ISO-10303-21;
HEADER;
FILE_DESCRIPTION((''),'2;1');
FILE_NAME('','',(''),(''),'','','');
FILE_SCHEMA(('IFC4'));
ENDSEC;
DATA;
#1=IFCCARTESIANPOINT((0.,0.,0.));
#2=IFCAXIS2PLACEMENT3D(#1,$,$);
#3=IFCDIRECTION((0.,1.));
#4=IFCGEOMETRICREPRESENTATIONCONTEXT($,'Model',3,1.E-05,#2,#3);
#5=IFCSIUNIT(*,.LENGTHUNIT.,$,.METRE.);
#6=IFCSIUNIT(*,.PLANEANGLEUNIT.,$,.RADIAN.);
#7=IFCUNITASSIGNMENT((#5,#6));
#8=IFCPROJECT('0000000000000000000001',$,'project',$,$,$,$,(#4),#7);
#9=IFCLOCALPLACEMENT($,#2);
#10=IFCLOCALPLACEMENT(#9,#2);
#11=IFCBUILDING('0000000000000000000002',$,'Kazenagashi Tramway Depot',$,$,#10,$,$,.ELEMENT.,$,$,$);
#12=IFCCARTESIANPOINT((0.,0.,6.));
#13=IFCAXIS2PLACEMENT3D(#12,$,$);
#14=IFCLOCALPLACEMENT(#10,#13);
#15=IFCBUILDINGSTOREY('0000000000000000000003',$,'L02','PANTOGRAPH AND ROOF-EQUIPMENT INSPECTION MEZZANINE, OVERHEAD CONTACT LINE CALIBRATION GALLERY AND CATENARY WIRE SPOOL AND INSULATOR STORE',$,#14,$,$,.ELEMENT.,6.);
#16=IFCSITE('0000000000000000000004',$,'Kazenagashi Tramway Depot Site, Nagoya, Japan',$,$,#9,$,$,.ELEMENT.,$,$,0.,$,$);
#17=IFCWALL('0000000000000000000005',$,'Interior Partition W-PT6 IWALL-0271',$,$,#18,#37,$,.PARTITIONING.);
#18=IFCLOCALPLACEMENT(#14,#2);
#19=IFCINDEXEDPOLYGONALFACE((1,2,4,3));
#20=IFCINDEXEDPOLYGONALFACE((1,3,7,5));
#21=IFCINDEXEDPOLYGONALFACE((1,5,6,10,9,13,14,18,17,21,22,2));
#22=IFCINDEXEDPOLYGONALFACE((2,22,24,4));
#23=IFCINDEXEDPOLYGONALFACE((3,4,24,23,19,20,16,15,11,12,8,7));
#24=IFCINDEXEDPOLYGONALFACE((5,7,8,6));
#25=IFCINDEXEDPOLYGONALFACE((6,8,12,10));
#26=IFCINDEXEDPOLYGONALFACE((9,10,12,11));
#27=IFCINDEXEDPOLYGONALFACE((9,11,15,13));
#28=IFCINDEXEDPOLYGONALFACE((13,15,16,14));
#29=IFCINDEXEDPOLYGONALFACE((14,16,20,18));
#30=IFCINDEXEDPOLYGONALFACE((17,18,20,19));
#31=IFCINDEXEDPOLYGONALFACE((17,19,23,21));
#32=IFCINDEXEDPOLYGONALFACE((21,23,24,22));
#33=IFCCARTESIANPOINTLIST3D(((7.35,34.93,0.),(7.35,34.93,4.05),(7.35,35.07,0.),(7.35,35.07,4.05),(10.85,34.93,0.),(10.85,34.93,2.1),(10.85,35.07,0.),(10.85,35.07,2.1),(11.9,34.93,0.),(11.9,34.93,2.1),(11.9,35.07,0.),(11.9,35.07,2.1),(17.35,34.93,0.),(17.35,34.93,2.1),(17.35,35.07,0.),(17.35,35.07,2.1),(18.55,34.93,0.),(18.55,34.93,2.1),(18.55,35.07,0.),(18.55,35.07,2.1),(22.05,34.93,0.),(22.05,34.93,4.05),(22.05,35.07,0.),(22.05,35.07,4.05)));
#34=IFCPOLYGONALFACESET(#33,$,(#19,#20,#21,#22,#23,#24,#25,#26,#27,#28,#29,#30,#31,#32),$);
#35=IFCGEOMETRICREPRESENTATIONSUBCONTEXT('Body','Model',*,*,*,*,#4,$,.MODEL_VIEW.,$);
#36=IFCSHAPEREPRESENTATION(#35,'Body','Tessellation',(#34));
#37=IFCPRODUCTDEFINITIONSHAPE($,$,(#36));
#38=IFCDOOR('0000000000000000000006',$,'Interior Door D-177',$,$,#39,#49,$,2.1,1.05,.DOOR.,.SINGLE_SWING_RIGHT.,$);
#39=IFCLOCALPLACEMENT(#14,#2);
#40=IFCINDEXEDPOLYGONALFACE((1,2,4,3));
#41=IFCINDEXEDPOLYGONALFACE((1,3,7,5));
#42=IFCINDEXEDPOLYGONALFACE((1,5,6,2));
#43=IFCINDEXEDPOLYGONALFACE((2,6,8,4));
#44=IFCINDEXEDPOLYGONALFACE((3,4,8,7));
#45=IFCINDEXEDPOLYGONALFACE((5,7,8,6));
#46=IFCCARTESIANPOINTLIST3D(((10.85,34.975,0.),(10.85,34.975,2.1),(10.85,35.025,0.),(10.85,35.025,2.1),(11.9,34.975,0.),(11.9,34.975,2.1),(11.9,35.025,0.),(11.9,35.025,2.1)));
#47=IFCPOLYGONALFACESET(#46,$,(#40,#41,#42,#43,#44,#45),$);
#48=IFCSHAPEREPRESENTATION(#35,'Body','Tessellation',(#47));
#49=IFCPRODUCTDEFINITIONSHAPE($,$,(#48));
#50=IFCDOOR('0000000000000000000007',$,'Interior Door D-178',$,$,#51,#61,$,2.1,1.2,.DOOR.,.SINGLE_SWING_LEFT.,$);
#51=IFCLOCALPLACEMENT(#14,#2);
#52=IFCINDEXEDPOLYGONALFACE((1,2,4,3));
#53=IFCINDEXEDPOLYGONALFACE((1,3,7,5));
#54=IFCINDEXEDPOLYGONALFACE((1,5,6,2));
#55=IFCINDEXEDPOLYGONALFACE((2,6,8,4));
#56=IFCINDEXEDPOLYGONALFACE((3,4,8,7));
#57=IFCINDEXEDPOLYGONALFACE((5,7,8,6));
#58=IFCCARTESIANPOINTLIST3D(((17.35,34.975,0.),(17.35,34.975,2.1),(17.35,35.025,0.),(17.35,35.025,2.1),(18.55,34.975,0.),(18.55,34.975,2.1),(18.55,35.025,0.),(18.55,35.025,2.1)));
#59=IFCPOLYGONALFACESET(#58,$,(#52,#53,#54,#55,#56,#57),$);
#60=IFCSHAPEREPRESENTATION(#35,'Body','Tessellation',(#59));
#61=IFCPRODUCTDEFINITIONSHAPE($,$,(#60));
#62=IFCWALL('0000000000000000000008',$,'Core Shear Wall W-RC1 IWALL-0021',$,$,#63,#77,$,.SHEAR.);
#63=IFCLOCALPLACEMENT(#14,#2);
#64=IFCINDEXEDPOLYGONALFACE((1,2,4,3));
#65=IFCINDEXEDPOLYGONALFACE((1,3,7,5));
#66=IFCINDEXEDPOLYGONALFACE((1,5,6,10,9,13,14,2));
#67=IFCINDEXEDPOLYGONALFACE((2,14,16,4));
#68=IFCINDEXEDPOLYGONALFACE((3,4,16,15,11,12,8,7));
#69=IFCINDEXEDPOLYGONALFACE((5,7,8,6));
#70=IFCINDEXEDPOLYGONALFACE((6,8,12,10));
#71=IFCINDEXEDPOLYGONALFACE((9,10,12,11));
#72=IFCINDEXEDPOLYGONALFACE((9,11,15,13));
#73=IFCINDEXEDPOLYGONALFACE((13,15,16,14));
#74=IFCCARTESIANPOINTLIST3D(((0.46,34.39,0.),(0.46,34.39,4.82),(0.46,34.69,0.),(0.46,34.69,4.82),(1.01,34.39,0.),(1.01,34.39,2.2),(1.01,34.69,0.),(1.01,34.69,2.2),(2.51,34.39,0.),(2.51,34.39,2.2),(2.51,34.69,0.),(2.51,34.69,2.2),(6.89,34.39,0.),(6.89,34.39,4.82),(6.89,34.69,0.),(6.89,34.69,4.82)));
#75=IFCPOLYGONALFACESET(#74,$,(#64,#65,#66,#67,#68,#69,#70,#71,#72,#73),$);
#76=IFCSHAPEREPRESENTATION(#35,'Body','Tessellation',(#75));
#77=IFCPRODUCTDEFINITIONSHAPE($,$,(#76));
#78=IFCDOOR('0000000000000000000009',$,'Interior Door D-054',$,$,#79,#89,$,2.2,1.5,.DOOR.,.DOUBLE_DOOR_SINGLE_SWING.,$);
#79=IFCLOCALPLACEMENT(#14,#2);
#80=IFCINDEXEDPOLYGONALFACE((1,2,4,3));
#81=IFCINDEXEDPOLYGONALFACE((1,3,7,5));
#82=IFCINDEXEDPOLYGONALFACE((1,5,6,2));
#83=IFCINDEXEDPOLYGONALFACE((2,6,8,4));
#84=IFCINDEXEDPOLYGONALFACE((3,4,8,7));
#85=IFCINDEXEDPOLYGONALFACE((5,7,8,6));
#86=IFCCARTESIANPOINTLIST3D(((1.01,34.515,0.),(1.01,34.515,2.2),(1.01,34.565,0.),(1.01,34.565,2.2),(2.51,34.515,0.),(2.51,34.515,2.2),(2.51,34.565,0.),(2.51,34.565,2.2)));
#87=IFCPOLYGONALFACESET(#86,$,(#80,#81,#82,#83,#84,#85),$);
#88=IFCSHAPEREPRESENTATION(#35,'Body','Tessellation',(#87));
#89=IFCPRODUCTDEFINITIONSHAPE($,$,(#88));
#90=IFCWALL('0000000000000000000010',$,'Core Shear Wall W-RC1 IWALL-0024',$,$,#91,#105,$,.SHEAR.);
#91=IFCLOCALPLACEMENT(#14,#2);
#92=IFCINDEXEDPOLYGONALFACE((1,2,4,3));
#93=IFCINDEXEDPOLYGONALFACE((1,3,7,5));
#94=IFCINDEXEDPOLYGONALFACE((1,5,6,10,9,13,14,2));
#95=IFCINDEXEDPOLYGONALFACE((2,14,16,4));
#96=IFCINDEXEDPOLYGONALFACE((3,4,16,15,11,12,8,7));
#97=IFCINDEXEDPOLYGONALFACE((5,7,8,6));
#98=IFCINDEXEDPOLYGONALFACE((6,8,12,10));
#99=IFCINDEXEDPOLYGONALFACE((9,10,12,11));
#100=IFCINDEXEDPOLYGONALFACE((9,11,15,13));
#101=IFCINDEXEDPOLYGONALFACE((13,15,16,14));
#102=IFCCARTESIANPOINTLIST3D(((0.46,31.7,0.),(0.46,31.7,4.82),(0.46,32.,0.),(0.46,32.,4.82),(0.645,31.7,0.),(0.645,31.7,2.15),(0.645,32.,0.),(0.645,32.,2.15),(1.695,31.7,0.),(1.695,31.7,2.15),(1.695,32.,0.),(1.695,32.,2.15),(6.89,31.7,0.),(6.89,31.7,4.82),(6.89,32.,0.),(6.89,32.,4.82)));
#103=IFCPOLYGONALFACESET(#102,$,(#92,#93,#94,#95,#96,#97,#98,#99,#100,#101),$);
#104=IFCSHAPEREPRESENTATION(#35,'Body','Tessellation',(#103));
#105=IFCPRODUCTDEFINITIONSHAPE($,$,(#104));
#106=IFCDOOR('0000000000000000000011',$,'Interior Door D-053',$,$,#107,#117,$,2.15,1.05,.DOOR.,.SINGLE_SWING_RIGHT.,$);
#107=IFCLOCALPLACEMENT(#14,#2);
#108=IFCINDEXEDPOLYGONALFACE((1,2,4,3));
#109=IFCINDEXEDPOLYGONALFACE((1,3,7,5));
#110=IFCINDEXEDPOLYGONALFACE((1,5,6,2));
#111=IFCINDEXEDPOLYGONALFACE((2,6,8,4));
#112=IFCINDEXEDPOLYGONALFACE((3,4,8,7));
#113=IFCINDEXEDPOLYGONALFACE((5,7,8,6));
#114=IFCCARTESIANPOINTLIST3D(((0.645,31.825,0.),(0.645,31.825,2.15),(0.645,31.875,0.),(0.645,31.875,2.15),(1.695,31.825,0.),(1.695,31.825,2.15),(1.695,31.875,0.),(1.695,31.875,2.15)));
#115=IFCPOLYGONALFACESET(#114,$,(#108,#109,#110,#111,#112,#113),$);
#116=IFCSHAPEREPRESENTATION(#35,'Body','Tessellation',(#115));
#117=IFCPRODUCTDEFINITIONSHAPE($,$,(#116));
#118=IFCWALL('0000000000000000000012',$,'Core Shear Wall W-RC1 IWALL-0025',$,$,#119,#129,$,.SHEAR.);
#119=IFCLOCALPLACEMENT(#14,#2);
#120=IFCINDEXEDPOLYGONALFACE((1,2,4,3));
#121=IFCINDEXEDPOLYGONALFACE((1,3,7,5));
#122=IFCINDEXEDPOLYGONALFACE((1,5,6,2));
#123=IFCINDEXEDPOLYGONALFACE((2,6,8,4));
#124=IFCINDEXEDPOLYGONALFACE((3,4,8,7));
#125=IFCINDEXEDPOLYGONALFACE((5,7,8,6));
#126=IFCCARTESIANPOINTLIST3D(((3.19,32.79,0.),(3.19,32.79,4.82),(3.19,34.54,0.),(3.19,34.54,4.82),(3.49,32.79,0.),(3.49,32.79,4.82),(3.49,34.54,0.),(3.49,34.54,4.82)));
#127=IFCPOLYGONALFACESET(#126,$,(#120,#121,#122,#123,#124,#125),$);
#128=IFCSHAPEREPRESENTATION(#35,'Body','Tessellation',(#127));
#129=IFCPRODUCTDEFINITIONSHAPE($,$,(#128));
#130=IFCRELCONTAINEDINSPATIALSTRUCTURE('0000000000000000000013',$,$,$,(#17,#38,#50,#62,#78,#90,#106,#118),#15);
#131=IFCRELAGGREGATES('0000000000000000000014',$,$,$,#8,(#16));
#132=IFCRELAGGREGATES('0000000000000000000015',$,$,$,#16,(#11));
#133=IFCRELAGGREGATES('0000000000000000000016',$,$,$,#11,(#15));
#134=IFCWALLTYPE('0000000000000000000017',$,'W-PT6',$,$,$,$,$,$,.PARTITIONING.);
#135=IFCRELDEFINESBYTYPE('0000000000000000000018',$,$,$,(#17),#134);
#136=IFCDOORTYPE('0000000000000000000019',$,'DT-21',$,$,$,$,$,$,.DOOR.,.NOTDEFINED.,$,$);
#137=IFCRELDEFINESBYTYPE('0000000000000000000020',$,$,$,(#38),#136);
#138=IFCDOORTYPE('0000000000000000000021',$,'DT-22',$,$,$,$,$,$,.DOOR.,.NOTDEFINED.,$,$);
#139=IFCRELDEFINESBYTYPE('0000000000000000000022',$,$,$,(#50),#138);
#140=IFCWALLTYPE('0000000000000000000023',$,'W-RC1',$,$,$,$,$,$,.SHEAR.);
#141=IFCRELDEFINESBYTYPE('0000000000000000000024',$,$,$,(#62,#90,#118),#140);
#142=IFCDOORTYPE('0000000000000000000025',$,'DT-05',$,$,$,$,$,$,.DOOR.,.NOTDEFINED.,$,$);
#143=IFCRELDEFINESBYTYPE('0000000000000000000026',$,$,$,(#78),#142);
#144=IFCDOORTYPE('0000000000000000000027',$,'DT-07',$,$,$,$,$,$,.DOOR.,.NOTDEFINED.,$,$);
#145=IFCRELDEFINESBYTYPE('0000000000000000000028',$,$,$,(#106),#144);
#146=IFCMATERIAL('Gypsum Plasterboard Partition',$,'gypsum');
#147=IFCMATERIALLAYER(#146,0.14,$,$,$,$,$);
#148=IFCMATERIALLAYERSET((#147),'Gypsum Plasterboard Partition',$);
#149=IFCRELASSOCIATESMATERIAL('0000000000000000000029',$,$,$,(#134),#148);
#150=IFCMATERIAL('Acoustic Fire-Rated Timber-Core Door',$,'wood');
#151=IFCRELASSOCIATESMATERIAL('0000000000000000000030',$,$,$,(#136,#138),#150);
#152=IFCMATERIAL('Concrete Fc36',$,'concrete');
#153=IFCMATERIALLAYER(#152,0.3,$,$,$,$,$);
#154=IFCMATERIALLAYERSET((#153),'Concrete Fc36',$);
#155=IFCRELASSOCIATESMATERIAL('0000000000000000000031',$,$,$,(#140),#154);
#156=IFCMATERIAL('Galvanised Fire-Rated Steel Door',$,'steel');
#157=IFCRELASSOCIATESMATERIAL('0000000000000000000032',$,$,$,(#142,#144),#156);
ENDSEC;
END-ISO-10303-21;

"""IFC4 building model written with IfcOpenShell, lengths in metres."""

from ifc_helpers import new_model, si_unit, direction, frame, frame_2d, origin, place, context, subcontext, project, spatial, rectangle, extrude, material, layer, layer_set, type_object, element, fill, save


model = new_model("IFC4")

# Units and contexts
model_context = context("Model", 3, precision=1e-05, world=origin(), true_north=direction((0.0, 1.0)))
body_context = subcontext(model_context, "Body", "Model", "MODEL_VIEW")
ifc_project = project(units=[si_unit("LENGTHUNIT", "METRE"), si_unit("PLANEANGLEUNIT", "RADIAN")], contexts=[model_context])

# Site, building, storey
site_placement = place(None, origin())
site = spatial("IfcSite", under=ifc_project, at=site_placement, Name="Kazenagashi Tramway Depot Site, Nagoya, Japan", CompositionType="ELEMENT", RefElevation=0.0)
building_placement = place(site_placement, origin())
building = spatial("IfcBuilding", under=site, at=building_placement, Name="Kazenagashi Tramway Depot", CompositionType="ELEMENT")
storey_placement = place(building_placement, frame((0.0, 0.0, 6.0)))
storey = spatial("IfcBuildingStorey", under=building, at=storey_placement, Name="L02", Description="PANTOGRAPH AND ROOF-EQUIPMENT INSPECTION MEZZANINE, OVERHEAD CONTACT LINE CALIBRATION GALLERY AND CATENARY WIRE SPOOL AND INSULATOR STORE", CompositionType="ELEMENT", Elevation=6.0)

# Wall, openings, doors
ifc_material_1 = material(Name="Gypsum Plasterboard Partition", Category="gypsum")
ifc_layer_1 = layer(ifc_material_1, 0.14)
ifc_layer_set_1 = layer_set([ifc_layer_1], Name="Gypsum Plasterboard Partition")
wall_type_1 = type_object("IfcWallType", Name="W-PT6", PredefinedType="PARTITIONING", material=ifc_layer_set_1)
wall_1_placement = place(storey_placement, frame((7.35, 35.0, 0.0), z_axis=(0.0, 0.0, 1.0), x_axis=(1.0, 0.0, 0.0)))
wall_1 = element("IfcWall", 1, at=wall_1_placement, inside=storey, type_object=wall_type_1, Name="Interior Partition W-PT6 IWALL-0271", PredefinedType="PARTITIONING", context=body_context, shape_type="SweptSolid", body=[
    extrude(rectangle(XDim=14.7, YDim=0.14, at=frame_2d((7.35, 0.0))), origin(), (0.0, 0.0, 1.0), 4.05),
])
opening_1_placement = place(wall_1_placement, frame((3.5, 0.0, 0.0)))
opening_1 = element("IfcOpeningElement", 2, at=opening_1_placement, cuts=wall_1, PredefinedType="OPENING", context=body_context, shape_type="SweptSolid", body=[
    extrude(rectangle(XDim=1.05, YDim=2.1, at=frame_2d((0.525, 1.05))), frame((0.0, 0.08, 0.0), z_axis=(0.0, -1.0, 0.0), x_axis=(1.0, 0.0, 0.0)), (0.0, 0.0, 1.0), 0.16),
])
opening_2_placement = place(wall_1_placement, frame((10.0, 0.0, 0.0)))
opening_2 = element("IfcOpeningElement", 3, at=opening_2_placement, cuts=wall_1, PredefinedType="OPENING", context=body_context, shape_type="SweptSolid", body=[
    extrude(rectangle(XDim=1.2, YDim=2.1, at=frame_2d((0.6, 1.05))), frame((0.0, 0.08, 0.0), z_axis=(0.0, -1.0, 0.0), x_axis=(1.0, 0.0, 0.0)), (0.0, 0.0, 1.0), 0.16),
])
ifc_material_2 = material(Name="Acoustic Fire-Rated Timber-Core Door", Category="wood")
door_type_1 = type_object("IfcDoorType", Name="DT-21", OperationType="NOTDEFINED", PredefinedType="DOOR", material=ifc_material_2)
door_1_placement = place(opening_1_placement, origin())
door_1 = element("IfcDoor", 4, at=door_1_placement, inside=storey, type_object=door_type_1, Name="Interior Door D-177", OperationType="SINGLE_SWING_RIGHT", OverallHeight=2.1, OverallWidth=1.05, PredefinedType="DOOR", context=body_context, shape_type="SweptSolid", body=[
    extrude(rectangle(XDim=1.05, YDim=2.1, at=frame_2d((0.525, 1.05))), frame((0.0, 0.025, 0.0), z_axis=(0.0, -1.0, 0.0), x_axis=(1.0, 0.0, 0.0)), (0.0, 0.0, 1.0), 0.05),
])
fill(opening_1, door_1)
door_type_2 = type_object("IfcDoorType", Name="DT-22", OperationType="NOTDEFINED", PredefinedType="DOOR", material=ifc_material_2)
door_2_placement = place(opening_2_placement, origin())
door_2 = element("IfcDoor", 5, at=door_2_placement, inside=storey, type_object=door_type_2, Name="Interior Door D-178", OperationType="SINGLE_SWING_LEFT", OverallHeight=2.1, OverallWidth=1.2, PredefinedType="DOOR", context=body_context, shape_type="SweptSolid", body=[
    extrude(rectangle(XDim=1.2, YDim=2.1, at=frame_2d((0.6, 1.05))), frame((0.0, 0.025, 0.0), z_axis=(0.0, -1.0, 0.0), x_axis=(1.0, 0.0, 0.0)), (0.0, 0.0, 1.0), 0.05),
])
fill(opening_2, door_2)

# Walls, openings, doors
ifc_material_3 = material(Name="Concrete Fc36", Category="concrete")
ifc_layer_2 = layer(ifc_material_3, 0.3)
ifc_layer_set_2 = layer_set([ifc_layer_2], Name="Concrete Fc36")
wall_type_2 = type_object("IfcWallType", Name="W-RC1", PredefinedType="SHEAR", material=ifc_layer_set_2)
wall_2_placement = place(storey_placement, frame((0.46, 34.54, 0.0), z_axis=(0.0, 0.0, 1.0), x_axis=(1.0, 0.0, 0.0)))
wall_2 = element("IfcWall", 6, at=wall_2_placement, inside=storey, type_object=wall_type_2, Name="Core Shear Wall W-RC1 IWALL-0021", PredefinedType="SHEAR", context=body_context, shape_type="SweptSolid", body=[
    extrude(rectangle(XDim=6.43, YDim=0.3, at=frame_2d((3.215, 0.0))), origin(), (0.0, 0.0, 1.0), 4.82),
])
opening_3_placement = place(wall_2_placement, frame((0.55, 0.0, 0.0)))
opening_3 = element("IfcOpeningElement", 7, at=opening_3_placement, cuts=wall_2, PredefinedType="OPENING", context=body_context, shape_type="SweptSolid", body=[
    extrude(rectangle(XDim=1.5, YDim=2.2, at=frame_2d((0.75, 1.1))), frame((0.0, 0.16, 0.0), z_axis=(0.0, -1.0, 0.0), x_axis=(1.0, 0.0, 0.0)), (0.0, 0.0, 1.0), 0.32),
])
ifc_material_4 = material(Name="Galvanised Fire-Rated Steel Door", Category="steel")
door_type_3 = type_object("IfcDoorType", Name="DT-05", OperationType="NOTDEFINED", PredefinedType="DOOR", material=ifc_material_4)
door_3_placement = place(opening_3_placement, origin())
door_3 = element("IfcDoor", 8, at=door_3_placement, inside=storey, type_object=door_type_3, Name="Interior Door D-054", OperationType="DOUBLE_DOOR_SINGLE_SWING", OverallHeight=2.2, OverallWidth=1.5, PredefinedType="DOOR", context=body_context, shape_type="SweptSolid", body=[
    extrude(rectangle(XDim=1.5, YDim=2.2, at=frame_2d((0.75, 1.1))), frame((0.0, 0.025, 0.0), z_axis=(0.0, -1.0, 0.0), x_axis=(1.0, 0.0, 0.0)), (0.0, 0.0, 1.0), 0.05),
])
fill(opening_3, door_3)
wall_3_placement = place(storey_placement, frame((0.46, 31.85, 0.0), z_axis=(0.0, 0.0, 1.0), x_axis=(1.0, 0.0, 0.0)))
wall_3 = element("IfcWall", 9, at=wall_3_placement, inside=storey, type_object=wall_type_2, Name="Core Shear Wall W-RC1 IWALL-0024", PredefinedType="SHEAR", context=body_context, shape_type="SweptSolid", body=[
    extrude(rectangle(XDim=6.43, YDim=0.3, at=frame_2d((3.215, 0.0))), origin(), (0.0, 0.0, 1.0), 4.82),
])
opening_4_placement = place(wall_3_placement, frame((0.185, 0.0, 0.0)))
opening_4 = element("IfcOpeningElement", 10, at=opening_4_placement, cuts=wall_3, PredefinedType="OPENING", context=body_context, shape_type="SweptSolid", body=[
    extrude(rectangle(XDim=1.05, YDim=2.15, at=frame_2d((0.525, 1.075))), frame((0.0, 0.16, 0.0), z_axis=(0.0, -1.0, 0.0), x_axis=(1.0, 0.0, 0.0)), (0.0, 0.0, 1.0), 0.32),
])
door_type_4 = type_object("IfcDoorType", Name="DT-07", OperationType="NOTDEFINED", PredefinedType="DOOR", material=ifc_material_4)
door_4_placement = place(opening_4_placement, origin())
door_4 = element("IfcDoor", 11, at=door_4_placement, inside=storey, type_object=door_type_4, Name="Interior Door D-053", OperationType="SINGLE_SWING_RIGHT", OverallHeight=2.15, OverallWidth=1.05, PredefinedType="DOOR", context=body_context, shape_type="SweptSolid", body=[
    extrude(rectangle(XDim=1.05, YDim=2.15, at=frame_2d((0.525, 1.075))), frame((0.0, 0.025, 0.0), z_axis=(0.0, -1.0, 0.0), x_axis=(1.0, 0.0, 0.0)), (0.0, 0.0, 1.0), 0.05),
])
fill(opening_4, door_4)

# Wall
wall_4_placement = place(storey_placement, frame((3.34, 32.79, 0.0), z_axis=(0.0, 0.0, 1.0), x_axis=(0.0, 1.0, 0.0)))
element("IfcWall", 12, at=wall_4_placement, inside=storey, type_object=wall_type_2, Name="Core Shear Wall W-RC1 IWALL-0025", PredefinedType="SHEAR", context=body_context, shape_type="SweptSolid", body=[
    extrude(rectangle(XDim=1.75, YDim=0.3, at=frame_2d((0.875, 0.0))), origin(), (0.0, 0.0, 1.0), 4.82),
])

save(model, "model.ifc")
